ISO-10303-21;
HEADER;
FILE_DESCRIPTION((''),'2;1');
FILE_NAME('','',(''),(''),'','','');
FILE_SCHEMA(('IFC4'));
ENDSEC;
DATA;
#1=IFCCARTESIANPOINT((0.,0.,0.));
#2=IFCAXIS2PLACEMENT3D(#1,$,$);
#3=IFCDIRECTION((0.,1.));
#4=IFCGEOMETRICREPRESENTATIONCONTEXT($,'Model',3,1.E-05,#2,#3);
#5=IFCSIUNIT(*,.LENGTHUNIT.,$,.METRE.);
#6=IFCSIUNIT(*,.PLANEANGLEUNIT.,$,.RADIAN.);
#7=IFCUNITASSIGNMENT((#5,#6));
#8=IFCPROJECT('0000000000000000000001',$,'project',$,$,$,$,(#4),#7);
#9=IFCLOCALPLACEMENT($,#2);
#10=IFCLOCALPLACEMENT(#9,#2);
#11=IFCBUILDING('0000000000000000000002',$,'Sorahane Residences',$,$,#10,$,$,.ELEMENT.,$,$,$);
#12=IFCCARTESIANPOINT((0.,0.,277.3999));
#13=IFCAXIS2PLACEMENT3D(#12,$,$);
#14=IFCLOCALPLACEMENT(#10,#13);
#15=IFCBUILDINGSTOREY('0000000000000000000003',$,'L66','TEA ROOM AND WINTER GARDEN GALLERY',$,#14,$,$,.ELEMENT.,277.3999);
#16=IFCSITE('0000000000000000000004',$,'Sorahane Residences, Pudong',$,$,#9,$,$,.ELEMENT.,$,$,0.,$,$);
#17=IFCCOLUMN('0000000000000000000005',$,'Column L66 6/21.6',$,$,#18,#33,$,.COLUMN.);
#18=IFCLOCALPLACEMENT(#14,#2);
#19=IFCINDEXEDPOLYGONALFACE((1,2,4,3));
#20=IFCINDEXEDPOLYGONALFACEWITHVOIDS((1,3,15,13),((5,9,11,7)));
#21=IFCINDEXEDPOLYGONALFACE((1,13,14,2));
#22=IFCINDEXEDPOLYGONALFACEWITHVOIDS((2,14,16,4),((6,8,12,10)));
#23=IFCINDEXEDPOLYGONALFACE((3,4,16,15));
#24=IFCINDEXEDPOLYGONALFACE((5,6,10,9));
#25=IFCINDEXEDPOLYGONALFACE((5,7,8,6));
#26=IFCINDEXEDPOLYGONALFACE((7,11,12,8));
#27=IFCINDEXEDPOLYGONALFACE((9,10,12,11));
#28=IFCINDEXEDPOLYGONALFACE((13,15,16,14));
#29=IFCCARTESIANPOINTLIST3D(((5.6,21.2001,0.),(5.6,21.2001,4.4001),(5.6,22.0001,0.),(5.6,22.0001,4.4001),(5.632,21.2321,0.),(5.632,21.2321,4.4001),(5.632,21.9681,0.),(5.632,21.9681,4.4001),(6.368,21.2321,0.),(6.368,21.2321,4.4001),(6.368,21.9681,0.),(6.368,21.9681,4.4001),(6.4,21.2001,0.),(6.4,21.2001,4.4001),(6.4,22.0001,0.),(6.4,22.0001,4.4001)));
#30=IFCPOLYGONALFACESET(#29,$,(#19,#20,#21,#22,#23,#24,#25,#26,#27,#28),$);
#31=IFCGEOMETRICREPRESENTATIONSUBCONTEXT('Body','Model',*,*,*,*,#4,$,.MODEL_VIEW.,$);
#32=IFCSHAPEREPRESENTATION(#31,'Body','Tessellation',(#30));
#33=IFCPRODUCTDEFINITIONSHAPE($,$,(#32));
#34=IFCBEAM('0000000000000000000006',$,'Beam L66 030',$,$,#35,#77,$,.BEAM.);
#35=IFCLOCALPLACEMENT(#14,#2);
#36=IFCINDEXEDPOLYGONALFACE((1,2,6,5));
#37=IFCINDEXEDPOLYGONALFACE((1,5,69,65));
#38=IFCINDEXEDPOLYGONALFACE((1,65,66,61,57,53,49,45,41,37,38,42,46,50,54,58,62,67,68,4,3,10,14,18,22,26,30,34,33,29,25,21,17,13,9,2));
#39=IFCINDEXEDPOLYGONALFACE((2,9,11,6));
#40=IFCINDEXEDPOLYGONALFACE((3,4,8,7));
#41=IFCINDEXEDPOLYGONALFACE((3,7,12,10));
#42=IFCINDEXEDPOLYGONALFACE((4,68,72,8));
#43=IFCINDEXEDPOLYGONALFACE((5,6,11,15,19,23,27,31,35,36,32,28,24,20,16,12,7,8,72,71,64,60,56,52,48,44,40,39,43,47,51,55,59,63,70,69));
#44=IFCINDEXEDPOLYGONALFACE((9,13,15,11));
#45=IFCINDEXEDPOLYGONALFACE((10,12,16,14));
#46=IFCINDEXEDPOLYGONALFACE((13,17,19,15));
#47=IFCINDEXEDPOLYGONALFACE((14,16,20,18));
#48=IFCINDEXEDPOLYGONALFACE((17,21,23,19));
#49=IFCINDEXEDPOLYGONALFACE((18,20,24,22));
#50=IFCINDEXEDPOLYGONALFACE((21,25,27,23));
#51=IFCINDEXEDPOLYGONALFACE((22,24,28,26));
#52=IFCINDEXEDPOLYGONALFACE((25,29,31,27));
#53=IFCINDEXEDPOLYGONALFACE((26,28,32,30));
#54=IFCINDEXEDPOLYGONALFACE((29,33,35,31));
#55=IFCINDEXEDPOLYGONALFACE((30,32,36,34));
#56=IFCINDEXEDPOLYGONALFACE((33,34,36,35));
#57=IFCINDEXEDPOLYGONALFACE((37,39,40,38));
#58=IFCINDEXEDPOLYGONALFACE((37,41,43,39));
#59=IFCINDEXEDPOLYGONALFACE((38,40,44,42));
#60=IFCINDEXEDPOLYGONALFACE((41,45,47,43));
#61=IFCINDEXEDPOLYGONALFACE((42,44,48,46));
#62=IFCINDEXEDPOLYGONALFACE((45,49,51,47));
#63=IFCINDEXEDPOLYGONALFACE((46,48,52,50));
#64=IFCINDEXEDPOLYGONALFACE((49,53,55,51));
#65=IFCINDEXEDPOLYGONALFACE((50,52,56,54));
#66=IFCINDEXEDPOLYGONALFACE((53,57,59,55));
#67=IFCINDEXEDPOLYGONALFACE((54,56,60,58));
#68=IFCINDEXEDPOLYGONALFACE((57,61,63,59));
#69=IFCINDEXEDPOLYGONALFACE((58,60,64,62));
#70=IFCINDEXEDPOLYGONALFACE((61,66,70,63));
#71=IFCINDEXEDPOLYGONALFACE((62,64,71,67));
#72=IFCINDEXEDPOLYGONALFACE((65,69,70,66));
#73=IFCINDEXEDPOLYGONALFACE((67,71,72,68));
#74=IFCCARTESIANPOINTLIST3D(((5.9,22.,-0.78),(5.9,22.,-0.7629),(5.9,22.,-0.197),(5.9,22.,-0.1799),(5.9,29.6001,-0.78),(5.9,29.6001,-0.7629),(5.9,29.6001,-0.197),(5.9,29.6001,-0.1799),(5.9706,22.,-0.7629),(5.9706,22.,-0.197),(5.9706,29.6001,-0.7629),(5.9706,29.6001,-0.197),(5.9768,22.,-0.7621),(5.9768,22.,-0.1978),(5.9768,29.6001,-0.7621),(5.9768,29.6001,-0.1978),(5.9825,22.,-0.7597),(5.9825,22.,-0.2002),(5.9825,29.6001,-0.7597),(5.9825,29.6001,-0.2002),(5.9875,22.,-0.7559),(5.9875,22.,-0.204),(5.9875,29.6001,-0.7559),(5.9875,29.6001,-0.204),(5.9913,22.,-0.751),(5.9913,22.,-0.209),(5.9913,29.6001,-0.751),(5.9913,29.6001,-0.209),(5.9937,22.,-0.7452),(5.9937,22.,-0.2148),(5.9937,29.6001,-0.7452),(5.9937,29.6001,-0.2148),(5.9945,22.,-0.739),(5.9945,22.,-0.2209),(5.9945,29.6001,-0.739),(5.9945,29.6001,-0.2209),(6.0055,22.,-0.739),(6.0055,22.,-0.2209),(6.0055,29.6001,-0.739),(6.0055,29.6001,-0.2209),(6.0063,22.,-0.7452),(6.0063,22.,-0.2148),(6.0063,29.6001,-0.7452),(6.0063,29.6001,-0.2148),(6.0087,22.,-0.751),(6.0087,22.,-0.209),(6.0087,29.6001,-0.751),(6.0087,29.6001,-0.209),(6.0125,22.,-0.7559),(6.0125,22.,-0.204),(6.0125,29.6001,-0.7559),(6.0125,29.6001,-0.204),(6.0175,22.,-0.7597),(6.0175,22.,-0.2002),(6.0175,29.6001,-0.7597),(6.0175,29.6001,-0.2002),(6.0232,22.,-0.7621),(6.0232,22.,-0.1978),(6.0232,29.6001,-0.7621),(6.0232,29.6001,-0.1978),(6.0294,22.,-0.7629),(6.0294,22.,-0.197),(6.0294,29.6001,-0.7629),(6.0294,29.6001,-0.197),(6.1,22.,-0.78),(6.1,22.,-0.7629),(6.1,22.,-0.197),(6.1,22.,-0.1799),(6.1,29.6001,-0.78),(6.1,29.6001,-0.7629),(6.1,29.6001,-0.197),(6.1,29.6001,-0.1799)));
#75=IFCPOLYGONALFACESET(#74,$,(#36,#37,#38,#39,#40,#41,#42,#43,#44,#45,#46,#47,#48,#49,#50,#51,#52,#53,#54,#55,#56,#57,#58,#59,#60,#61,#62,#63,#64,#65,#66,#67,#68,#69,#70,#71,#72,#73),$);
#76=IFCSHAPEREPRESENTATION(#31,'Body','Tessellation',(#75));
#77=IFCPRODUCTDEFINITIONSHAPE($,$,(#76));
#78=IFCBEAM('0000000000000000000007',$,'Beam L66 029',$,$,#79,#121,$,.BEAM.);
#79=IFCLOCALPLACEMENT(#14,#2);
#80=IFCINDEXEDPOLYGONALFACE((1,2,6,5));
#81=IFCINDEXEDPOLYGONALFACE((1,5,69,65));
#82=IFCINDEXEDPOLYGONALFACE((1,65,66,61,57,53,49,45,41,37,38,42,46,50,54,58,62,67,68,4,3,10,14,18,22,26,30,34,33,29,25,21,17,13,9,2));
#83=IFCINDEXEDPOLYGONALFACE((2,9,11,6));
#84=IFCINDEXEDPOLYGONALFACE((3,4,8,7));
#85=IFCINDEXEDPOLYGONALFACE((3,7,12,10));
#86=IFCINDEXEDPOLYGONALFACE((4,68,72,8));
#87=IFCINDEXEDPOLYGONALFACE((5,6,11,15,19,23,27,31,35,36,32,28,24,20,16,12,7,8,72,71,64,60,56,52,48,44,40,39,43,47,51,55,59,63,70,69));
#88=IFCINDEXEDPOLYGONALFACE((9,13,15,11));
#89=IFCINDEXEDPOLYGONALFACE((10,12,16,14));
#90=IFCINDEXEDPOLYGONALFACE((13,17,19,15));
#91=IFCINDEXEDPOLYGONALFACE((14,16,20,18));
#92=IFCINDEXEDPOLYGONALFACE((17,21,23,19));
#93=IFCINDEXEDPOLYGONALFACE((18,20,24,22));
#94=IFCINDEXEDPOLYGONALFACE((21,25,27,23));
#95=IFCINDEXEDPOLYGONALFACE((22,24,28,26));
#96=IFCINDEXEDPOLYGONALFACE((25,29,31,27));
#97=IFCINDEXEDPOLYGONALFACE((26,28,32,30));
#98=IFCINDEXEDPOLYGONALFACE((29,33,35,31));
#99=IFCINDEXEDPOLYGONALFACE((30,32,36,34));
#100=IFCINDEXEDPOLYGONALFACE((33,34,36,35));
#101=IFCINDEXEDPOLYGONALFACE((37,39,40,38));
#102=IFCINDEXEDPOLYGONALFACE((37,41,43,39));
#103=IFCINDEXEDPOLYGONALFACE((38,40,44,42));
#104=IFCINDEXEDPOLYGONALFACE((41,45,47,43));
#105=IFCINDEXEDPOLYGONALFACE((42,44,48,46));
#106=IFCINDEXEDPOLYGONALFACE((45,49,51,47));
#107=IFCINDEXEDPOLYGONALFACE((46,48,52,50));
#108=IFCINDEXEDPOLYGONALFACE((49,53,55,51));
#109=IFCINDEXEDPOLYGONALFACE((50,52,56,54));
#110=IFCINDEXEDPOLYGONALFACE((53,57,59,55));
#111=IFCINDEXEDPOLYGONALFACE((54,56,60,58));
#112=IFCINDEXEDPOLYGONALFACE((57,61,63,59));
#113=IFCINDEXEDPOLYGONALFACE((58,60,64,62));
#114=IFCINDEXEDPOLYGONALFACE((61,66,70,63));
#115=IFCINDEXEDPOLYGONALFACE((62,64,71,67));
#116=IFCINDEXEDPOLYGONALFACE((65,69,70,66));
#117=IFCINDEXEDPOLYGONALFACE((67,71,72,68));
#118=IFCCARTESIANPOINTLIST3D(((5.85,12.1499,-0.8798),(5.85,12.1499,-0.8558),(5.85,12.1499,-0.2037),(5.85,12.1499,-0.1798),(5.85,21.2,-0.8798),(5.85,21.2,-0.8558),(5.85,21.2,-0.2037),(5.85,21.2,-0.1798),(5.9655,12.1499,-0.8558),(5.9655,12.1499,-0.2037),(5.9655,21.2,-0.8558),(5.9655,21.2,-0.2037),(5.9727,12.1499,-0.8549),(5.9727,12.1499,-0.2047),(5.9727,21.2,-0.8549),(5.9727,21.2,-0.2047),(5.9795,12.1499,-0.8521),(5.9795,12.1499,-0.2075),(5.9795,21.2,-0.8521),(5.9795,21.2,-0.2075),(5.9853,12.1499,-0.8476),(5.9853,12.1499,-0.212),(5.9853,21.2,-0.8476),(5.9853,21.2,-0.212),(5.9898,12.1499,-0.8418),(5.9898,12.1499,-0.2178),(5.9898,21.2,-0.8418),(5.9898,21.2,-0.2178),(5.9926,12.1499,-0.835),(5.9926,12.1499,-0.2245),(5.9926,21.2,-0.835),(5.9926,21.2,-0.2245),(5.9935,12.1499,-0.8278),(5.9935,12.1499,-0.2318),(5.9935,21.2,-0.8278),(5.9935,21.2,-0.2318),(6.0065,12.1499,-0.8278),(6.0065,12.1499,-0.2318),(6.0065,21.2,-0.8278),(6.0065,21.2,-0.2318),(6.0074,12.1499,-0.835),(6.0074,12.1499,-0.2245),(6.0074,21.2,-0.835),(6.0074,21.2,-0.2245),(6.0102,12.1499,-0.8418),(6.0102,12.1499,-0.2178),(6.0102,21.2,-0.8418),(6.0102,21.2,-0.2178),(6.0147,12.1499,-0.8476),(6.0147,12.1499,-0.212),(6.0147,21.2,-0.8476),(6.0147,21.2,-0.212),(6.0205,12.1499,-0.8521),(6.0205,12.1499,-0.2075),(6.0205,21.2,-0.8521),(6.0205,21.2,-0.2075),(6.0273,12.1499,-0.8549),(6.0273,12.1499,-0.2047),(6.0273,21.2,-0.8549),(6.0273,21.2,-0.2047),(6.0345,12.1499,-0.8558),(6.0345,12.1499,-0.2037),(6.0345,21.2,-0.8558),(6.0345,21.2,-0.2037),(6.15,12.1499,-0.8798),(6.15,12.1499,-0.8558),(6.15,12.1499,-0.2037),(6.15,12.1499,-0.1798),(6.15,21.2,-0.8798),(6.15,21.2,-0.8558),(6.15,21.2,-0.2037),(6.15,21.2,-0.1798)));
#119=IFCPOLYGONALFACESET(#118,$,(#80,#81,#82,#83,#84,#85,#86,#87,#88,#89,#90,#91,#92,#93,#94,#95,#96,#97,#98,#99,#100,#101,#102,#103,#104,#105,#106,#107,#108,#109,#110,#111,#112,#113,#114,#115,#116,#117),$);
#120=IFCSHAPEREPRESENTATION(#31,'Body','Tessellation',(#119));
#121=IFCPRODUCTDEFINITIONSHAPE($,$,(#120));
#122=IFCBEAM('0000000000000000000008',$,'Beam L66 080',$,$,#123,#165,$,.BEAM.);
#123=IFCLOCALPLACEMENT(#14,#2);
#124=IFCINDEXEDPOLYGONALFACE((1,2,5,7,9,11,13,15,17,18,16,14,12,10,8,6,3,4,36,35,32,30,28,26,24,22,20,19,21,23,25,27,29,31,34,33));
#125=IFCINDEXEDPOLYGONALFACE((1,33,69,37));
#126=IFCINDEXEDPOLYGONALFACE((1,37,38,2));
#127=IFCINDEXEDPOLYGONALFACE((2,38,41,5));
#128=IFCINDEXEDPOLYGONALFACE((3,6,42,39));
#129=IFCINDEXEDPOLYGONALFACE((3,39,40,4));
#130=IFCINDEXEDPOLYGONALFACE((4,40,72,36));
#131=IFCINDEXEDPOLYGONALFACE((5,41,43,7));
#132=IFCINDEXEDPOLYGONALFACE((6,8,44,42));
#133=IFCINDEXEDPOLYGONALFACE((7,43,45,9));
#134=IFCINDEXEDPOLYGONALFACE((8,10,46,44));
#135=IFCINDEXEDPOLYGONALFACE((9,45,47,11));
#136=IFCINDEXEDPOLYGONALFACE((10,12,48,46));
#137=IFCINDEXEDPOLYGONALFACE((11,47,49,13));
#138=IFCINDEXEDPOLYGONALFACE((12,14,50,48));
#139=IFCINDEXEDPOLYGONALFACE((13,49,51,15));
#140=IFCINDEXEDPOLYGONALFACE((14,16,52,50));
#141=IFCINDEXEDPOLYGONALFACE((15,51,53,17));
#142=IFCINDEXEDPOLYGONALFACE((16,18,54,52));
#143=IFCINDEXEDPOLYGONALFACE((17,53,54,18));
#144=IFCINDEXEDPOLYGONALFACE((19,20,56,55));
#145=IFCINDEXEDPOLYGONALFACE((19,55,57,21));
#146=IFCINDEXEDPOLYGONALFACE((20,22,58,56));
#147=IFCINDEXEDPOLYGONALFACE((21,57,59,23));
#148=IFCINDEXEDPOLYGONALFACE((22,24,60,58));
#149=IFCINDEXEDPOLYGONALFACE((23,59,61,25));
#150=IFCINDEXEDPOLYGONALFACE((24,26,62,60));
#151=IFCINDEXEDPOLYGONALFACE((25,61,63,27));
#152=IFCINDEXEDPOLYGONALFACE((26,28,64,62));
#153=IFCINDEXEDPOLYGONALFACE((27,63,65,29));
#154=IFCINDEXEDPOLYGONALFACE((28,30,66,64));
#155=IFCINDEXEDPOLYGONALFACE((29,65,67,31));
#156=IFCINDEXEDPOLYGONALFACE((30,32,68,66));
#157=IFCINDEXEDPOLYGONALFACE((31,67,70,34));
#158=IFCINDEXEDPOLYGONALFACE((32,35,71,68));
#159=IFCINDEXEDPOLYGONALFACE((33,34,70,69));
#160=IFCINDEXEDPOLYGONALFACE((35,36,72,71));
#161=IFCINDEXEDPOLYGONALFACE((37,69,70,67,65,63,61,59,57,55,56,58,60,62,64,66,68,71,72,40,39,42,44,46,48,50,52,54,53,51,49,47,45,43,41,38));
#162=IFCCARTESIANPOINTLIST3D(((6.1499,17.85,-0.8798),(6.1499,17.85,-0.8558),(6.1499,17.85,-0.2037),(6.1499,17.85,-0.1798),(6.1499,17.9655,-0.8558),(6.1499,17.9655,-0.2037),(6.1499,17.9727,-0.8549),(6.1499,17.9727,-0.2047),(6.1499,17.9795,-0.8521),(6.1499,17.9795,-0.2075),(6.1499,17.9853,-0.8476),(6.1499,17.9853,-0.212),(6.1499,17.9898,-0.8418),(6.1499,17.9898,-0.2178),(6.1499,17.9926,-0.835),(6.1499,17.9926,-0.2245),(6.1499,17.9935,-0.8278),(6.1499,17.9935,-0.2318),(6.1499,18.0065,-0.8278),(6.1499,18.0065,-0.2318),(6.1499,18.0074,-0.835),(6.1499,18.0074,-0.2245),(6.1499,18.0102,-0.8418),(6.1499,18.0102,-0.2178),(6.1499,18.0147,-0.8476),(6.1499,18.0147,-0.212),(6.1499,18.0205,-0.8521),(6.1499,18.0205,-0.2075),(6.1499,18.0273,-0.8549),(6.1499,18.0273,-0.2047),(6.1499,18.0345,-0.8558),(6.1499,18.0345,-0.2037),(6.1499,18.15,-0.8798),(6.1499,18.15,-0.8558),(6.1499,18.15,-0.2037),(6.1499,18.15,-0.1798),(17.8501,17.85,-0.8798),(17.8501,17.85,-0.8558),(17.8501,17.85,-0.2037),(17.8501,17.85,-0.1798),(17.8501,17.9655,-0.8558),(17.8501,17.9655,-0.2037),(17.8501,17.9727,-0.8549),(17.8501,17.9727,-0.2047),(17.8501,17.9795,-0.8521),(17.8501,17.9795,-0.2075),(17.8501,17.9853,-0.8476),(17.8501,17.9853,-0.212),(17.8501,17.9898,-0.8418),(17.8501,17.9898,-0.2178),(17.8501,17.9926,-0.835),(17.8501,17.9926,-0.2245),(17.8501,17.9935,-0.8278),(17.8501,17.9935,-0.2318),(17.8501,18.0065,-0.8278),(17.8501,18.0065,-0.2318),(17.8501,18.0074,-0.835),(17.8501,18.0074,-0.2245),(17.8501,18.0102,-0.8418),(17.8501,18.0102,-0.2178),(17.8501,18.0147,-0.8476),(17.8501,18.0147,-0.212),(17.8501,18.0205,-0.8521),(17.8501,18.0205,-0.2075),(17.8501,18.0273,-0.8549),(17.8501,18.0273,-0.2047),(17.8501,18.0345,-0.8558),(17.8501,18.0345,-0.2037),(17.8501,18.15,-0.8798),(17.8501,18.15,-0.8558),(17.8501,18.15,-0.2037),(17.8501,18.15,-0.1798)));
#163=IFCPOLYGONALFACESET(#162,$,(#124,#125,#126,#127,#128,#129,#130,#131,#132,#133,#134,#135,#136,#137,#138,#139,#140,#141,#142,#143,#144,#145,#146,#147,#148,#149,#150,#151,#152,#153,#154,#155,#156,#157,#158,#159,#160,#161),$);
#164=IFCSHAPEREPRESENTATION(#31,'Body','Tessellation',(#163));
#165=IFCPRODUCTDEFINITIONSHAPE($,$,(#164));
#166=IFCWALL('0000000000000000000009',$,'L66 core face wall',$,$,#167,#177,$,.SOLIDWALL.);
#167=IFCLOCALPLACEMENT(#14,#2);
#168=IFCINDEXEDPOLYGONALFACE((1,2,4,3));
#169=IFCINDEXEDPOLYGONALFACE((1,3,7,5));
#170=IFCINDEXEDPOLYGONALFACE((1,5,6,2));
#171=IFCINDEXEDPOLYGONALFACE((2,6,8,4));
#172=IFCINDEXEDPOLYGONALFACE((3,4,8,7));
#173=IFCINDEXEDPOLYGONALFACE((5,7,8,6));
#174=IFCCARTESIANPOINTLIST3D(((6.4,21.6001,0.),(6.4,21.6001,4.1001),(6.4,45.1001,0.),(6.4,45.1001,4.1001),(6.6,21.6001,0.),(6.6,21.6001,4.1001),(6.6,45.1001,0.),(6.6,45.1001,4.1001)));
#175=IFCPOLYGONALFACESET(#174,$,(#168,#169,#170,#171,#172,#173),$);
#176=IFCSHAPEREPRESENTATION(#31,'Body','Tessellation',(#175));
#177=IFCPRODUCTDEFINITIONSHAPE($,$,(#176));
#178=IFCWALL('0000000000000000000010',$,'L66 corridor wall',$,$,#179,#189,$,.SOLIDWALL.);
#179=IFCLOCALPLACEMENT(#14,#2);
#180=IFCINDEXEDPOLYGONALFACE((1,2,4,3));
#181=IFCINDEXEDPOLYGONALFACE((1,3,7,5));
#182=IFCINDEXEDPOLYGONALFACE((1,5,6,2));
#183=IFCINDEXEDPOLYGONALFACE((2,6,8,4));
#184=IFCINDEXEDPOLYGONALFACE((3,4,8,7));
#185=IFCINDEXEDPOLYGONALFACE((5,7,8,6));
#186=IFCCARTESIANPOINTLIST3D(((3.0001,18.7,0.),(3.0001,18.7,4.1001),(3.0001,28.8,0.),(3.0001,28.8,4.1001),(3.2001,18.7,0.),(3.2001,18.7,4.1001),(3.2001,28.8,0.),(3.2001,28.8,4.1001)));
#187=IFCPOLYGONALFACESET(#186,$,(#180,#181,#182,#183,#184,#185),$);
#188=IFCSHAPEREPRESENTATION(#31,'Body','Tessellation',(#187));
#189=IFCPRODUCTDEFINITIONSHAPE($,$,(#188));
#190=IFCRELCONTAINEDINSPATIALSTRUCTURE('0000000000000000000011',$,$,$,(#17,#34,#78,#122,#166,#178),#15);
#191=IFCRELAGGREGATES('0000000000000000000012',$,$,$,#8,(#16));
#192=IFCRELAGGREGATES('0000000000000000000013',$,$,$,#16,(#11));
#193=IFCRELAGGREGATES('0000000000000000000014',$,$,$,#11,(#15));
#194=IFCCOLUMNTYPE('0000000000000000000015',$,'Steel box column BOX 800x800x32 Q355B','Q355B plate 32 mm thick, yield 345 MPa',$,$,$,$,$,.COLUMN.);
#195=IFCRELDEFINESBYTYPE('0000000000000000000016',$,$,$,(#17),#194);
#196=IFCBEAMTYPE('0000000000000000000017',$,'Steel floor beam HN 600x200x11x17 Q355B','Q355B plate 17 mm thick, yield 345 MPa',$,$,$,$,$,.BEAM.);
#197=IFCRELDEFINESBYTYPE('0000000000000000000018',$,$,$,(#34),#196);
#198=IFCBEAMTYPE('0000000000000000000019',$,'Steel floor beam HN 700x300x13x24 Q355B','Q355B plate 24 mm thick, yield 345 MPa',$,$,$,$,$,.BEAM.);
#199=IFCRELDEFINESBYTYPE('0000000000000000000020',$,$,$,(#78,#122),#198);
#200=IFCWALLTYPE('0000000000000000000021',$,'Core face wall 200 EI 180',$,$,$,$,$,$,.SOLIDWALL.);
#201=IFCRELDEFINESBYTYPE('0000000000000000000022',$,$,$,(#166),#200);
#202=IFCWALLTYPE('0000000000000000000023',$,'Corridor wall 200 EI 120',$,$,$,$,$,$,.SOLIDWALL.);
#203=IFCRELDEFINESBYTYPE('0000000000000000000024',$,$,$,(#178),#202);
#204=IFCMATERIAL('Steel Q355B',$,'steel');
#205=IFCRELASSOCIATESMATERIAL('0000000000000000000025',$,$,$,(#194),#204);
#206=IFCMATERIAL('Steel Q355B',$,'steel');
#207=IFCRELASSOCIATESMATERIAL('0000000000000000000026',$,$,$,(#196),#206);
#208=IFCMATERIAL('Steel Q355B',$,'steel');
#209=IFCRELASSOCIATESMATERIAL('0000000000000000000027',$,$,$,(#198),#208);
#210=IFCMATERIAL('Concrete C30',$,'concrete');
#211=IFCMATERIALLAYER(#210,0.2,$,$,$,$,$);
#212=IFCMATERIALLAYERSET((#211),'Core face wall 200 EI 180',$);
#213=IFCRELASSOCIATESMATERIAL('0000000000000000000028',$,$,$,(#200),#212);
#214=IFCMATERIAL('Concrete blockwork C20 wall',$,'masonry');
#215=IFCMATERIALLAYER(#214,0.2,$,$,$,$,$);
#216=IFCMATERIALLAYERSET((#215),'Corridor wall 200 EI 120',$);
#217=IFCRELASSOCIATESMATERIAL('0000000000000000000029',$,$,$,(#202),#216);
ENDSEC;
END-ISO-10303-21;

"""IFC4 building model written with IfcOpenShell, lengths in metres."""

from ifc_helpers import new_model, si_unit, direction, frame, frame_2d, origin, origin_2d, place, context, subcontext, project, spatial, rectangle, hollow_rectangle, i_section, extrude, material, layer, layer_set, material_profile, profile_set, type_object, element, save


model = new_model("IFC4")

# Units and contexts
model_context = context("Model", 3, precision=1e-05, world=origin(), true_north=direction((0.0, 1.0)))
body_context = subcontext(model_context, "Body", "Model", "MODEL_VIEW")
ifc_project = project(units=[si_unit("LENGTHUNIT", "METRE"), si_unit("PLANEANGLEUNIT", "RADIAN")], contexts=[model_context])

# Site, building, storey
site_placement = place(None, origin())
site = spatial("IfcSite", under=ifc_project, at=site_placement, Name="Sorahane Residences, Pudong", CompositionType="ELEMENT", RefElevation=0.0)
building_placement = place(site_placement, origin())
building = spatial("IfcBuilding", under=site, at=building_placement, Name="Sorahane Residences", CompositionType="ELEMENT")
storey_placement = place(building_placement, frame((0.0, 0.0, 277.3999)))
storey = spatial("IfcBuildingStorey", under=building, at=storey_placement, Name="L66", Description="TEA ROOM AND WINTER GARDEN GALLERY", CompositionType="ELEMENT", Elevation=277.3999)

# Column
ifc_material_1 = material(Name="Steel Q355B", Category="steel")
ifc_material_profile_1 = material_profile(ifc_material_1, hollow_rectangle(XDim=0.8, YDim=0.8, WallThickness=0.032, at=origin_2d()), Name="BOX 800x800x32")
ifc_profile_set_1 = profile_set([ifc_material_profile_1], Name="Steel Q355B")
column_type = type_object("IfcColumnType", Name="Steel box column BOX 800x800x32 Q355B", Description="Q355B plate 32 mm thick, yield 345 MPa", PredefinedType="COLUMN", material=ifc_profile_set_1)
column_placement = place(storey_placement, frame((6.0, 21.6001, 0.0), z_axis=(0.0, 0.0, 1.0), x_axis=(1.0, 0.0, 0.0)))
element("IfcColumn", 1, at=column_placement, inside=storey, type_object=column_type, Name="Column L66 6/21.6", PredefinedType="COLUMN", context=body_context, shape_type="SweptSolid", body=[
    extrude(hollow_rectangle(XDim=0.8, YDim=0.8, WallThickness=0.032, at=origin_2d()), origin(), (0.0, 0.0, 1.0), 4.4001),
])

# Beams
ifc_material_2 = material(Name="Steel Q355B", Category="steel")
ifc_material_profile_2 = material_profile(ifc_material_2, i_section(OverallWidth=0.2, OverallDepth=0.6001, WebThickness=0.011, FlangeThickness=0.0171, FilletRadius=0.0239, at=origin_2d()), Name="HN 600x200x11x17")
ifc_profile_set_2 = profile_set([ifc_material_profile_2], Name="Steel Q355B")
beam_type_1 = type_object("IfcBeamType", Name="Steel floor beam HN 600x200x11x17 Q355B", Description="Q355B plate 17 mm thick, yield 345 MPa", PredefinedType="BEAM", material=ifc_profile_set_2)
beam_1_placement = place(storey_placement, frame((6.0, 22.0, -0.48), z_axis=(0.0, 1.0, 0.0), x_axis=(-1.0, 0.0, 0.0)))
element("IfcBeam", 2, at=beam_1_placement, inside=storey, type_object=beam_type_1, Name="Beam L66 030", PredefinedType="BEAM", context=body_context, shape_type="SweptSolid", body=[
    extrude(i_section(OverallWidth=0.2, OverallDepth=0.6001, WebThickness=0.011, FlangeThickness=0.0171, FilletRadius=0.0239, at=origin_2d()), origin(), (0.0, 0.0, 1.0), 7.6001),
])
ifc_material_3 = material(Name="Steel Q355B", Category="steel")
ifc_material_profile_3 = material_profile(ifc_material_3, i_section(OverallWidth=0.3, OverallDepth=0.7, WebThickness=0.0129, FlangeThickness=0.0239, FilletRadius=0.0281, at=origin_2d()), Name="HN 700x300x13x24")
ifc_profile_set_3 = profile_set([ifc_material_profile_3], Name="Steel Q355B")
beam_type_2 = type_object("IfcBeamType", Name="Steel floor beam HN 700x300x13x24 Q355B", Description="Q355B plate 24 mm thick, yield 345 MPa", PredefinedType="BEAM", material=ifc_profile_set_3)
beam_2_placement = place(storey_placement, frame((6.0, 12.1499, -0.5298), z_axis=(0.0, 1.0, 0.0), x_axis=(-1.0, 0.0, 0.0)))
element("IfcBeam", 3, at=beam_2_placement, inside=storey, type_object=beam_type_2, Name="Beam L66 029", PredefinedType="BEAM", context=body_context, shape_type="SweptSolid", body=[
    extrude(i_section(OverallWidth=0.3, OverallDepth=0.7, WebThickness=0.0129, FlangeThickness=0.0239, FilletRadius=0.0281, at=origin_2d()), origin(), (0.0, 0.0, 1.0), 9.05),
])
beam_3_placement = place(storey_placement, frame((6.1499, 18.0, -0.5298), z_axis=(1.0, 0.0, 0.0), x_axis=(0.0, 1.0, 0.0)))
element("IfcBeam", 4, at=beam_3_placement, inside=storey, type_object=beam_type_2, Name="Beam L66 080", PredefinedType="BEAM", context=body_context, shape_type="SweptSolid", body=[
    extrude(i_section(OverallWidth=0.3, OverallDepth=0.7, WebThickness=0.0129, FlangeThickness=0.0239, FilletRadius=0.0281, at=origin_2d()), origin(), (0.0, 0.0, 1.0), 11.7002),
])

# Walls
ifc_material_4 = material(Name="Concrete C30", Category="concrete")
ifc_layer_1 = layer(ifc_material_4, 0.2)
ifc_layer_set_1 = layer_set([ifc_layer_1], Name="Core face wall 200 EI 180")
wall_type_1 = type_object("IfcWallType", Name="Core face wall 200 EI 180", PredefinedType="SOLIDWALL", material=ifc_layer_set_1)
wall_1_placement = place(storey_placement, frame((6.5, 21.6001, 0.0), z_axis=(0.0, 0.0, 1.0), x_axis=(0.0, 1.0, 0.0)))
element("IfcWall", 5, at=wall_1_placement, inside=storey, type_object=wall_type_1, Name="L66 core face wall", PredefinedType="SOLIDWALL", context=body_context, shape_type="SweptSolid", body=[
    extrude(rectangle(XDim=23.5, YDim=0.2, at=frame_2d((11.75, 0.0))), origin(), (0.0, 0.0, 1.0), 4.1001),
])
ifc_material_5 = material(Name="Concrete blockwork C20 wall", Category="masonry")
ifc_layer_2 = layer(ifc_material_5, 0.2)
ifc_layer_set_2 = layer_set([ifc_layer_2], Name="Corridor wall 200 EI 120")
wall_type_2 = type_object("IfcWallType", Name="Corridor wall 200 EI 120", PredefinedType="SOLIDWALL", material=ifc_layer_set_2)
wall_2_placement = place(storey_placement, frame((3.1001, 18.7, 0.0), z_axis=(0.0, 0.0, 1.0), x_axis=(0.0, 1.0, 0.0)))
element("IfcWall", 6, at=wall_2_placement, inside=storey, type_object=wall_type_2, Name="L66 corridor wall", PredefinedType="SOLIDWALL", context=body_context, shape_type="SweptSolid", body=[
    extrude(rectangle(XDim=10.1001, YDim=0.2, at=frame_2d((5.05, 0.0))), origin(), (0.0, 0.0, 1.0), 4.1001),
])

save(model, "model.ifc")
